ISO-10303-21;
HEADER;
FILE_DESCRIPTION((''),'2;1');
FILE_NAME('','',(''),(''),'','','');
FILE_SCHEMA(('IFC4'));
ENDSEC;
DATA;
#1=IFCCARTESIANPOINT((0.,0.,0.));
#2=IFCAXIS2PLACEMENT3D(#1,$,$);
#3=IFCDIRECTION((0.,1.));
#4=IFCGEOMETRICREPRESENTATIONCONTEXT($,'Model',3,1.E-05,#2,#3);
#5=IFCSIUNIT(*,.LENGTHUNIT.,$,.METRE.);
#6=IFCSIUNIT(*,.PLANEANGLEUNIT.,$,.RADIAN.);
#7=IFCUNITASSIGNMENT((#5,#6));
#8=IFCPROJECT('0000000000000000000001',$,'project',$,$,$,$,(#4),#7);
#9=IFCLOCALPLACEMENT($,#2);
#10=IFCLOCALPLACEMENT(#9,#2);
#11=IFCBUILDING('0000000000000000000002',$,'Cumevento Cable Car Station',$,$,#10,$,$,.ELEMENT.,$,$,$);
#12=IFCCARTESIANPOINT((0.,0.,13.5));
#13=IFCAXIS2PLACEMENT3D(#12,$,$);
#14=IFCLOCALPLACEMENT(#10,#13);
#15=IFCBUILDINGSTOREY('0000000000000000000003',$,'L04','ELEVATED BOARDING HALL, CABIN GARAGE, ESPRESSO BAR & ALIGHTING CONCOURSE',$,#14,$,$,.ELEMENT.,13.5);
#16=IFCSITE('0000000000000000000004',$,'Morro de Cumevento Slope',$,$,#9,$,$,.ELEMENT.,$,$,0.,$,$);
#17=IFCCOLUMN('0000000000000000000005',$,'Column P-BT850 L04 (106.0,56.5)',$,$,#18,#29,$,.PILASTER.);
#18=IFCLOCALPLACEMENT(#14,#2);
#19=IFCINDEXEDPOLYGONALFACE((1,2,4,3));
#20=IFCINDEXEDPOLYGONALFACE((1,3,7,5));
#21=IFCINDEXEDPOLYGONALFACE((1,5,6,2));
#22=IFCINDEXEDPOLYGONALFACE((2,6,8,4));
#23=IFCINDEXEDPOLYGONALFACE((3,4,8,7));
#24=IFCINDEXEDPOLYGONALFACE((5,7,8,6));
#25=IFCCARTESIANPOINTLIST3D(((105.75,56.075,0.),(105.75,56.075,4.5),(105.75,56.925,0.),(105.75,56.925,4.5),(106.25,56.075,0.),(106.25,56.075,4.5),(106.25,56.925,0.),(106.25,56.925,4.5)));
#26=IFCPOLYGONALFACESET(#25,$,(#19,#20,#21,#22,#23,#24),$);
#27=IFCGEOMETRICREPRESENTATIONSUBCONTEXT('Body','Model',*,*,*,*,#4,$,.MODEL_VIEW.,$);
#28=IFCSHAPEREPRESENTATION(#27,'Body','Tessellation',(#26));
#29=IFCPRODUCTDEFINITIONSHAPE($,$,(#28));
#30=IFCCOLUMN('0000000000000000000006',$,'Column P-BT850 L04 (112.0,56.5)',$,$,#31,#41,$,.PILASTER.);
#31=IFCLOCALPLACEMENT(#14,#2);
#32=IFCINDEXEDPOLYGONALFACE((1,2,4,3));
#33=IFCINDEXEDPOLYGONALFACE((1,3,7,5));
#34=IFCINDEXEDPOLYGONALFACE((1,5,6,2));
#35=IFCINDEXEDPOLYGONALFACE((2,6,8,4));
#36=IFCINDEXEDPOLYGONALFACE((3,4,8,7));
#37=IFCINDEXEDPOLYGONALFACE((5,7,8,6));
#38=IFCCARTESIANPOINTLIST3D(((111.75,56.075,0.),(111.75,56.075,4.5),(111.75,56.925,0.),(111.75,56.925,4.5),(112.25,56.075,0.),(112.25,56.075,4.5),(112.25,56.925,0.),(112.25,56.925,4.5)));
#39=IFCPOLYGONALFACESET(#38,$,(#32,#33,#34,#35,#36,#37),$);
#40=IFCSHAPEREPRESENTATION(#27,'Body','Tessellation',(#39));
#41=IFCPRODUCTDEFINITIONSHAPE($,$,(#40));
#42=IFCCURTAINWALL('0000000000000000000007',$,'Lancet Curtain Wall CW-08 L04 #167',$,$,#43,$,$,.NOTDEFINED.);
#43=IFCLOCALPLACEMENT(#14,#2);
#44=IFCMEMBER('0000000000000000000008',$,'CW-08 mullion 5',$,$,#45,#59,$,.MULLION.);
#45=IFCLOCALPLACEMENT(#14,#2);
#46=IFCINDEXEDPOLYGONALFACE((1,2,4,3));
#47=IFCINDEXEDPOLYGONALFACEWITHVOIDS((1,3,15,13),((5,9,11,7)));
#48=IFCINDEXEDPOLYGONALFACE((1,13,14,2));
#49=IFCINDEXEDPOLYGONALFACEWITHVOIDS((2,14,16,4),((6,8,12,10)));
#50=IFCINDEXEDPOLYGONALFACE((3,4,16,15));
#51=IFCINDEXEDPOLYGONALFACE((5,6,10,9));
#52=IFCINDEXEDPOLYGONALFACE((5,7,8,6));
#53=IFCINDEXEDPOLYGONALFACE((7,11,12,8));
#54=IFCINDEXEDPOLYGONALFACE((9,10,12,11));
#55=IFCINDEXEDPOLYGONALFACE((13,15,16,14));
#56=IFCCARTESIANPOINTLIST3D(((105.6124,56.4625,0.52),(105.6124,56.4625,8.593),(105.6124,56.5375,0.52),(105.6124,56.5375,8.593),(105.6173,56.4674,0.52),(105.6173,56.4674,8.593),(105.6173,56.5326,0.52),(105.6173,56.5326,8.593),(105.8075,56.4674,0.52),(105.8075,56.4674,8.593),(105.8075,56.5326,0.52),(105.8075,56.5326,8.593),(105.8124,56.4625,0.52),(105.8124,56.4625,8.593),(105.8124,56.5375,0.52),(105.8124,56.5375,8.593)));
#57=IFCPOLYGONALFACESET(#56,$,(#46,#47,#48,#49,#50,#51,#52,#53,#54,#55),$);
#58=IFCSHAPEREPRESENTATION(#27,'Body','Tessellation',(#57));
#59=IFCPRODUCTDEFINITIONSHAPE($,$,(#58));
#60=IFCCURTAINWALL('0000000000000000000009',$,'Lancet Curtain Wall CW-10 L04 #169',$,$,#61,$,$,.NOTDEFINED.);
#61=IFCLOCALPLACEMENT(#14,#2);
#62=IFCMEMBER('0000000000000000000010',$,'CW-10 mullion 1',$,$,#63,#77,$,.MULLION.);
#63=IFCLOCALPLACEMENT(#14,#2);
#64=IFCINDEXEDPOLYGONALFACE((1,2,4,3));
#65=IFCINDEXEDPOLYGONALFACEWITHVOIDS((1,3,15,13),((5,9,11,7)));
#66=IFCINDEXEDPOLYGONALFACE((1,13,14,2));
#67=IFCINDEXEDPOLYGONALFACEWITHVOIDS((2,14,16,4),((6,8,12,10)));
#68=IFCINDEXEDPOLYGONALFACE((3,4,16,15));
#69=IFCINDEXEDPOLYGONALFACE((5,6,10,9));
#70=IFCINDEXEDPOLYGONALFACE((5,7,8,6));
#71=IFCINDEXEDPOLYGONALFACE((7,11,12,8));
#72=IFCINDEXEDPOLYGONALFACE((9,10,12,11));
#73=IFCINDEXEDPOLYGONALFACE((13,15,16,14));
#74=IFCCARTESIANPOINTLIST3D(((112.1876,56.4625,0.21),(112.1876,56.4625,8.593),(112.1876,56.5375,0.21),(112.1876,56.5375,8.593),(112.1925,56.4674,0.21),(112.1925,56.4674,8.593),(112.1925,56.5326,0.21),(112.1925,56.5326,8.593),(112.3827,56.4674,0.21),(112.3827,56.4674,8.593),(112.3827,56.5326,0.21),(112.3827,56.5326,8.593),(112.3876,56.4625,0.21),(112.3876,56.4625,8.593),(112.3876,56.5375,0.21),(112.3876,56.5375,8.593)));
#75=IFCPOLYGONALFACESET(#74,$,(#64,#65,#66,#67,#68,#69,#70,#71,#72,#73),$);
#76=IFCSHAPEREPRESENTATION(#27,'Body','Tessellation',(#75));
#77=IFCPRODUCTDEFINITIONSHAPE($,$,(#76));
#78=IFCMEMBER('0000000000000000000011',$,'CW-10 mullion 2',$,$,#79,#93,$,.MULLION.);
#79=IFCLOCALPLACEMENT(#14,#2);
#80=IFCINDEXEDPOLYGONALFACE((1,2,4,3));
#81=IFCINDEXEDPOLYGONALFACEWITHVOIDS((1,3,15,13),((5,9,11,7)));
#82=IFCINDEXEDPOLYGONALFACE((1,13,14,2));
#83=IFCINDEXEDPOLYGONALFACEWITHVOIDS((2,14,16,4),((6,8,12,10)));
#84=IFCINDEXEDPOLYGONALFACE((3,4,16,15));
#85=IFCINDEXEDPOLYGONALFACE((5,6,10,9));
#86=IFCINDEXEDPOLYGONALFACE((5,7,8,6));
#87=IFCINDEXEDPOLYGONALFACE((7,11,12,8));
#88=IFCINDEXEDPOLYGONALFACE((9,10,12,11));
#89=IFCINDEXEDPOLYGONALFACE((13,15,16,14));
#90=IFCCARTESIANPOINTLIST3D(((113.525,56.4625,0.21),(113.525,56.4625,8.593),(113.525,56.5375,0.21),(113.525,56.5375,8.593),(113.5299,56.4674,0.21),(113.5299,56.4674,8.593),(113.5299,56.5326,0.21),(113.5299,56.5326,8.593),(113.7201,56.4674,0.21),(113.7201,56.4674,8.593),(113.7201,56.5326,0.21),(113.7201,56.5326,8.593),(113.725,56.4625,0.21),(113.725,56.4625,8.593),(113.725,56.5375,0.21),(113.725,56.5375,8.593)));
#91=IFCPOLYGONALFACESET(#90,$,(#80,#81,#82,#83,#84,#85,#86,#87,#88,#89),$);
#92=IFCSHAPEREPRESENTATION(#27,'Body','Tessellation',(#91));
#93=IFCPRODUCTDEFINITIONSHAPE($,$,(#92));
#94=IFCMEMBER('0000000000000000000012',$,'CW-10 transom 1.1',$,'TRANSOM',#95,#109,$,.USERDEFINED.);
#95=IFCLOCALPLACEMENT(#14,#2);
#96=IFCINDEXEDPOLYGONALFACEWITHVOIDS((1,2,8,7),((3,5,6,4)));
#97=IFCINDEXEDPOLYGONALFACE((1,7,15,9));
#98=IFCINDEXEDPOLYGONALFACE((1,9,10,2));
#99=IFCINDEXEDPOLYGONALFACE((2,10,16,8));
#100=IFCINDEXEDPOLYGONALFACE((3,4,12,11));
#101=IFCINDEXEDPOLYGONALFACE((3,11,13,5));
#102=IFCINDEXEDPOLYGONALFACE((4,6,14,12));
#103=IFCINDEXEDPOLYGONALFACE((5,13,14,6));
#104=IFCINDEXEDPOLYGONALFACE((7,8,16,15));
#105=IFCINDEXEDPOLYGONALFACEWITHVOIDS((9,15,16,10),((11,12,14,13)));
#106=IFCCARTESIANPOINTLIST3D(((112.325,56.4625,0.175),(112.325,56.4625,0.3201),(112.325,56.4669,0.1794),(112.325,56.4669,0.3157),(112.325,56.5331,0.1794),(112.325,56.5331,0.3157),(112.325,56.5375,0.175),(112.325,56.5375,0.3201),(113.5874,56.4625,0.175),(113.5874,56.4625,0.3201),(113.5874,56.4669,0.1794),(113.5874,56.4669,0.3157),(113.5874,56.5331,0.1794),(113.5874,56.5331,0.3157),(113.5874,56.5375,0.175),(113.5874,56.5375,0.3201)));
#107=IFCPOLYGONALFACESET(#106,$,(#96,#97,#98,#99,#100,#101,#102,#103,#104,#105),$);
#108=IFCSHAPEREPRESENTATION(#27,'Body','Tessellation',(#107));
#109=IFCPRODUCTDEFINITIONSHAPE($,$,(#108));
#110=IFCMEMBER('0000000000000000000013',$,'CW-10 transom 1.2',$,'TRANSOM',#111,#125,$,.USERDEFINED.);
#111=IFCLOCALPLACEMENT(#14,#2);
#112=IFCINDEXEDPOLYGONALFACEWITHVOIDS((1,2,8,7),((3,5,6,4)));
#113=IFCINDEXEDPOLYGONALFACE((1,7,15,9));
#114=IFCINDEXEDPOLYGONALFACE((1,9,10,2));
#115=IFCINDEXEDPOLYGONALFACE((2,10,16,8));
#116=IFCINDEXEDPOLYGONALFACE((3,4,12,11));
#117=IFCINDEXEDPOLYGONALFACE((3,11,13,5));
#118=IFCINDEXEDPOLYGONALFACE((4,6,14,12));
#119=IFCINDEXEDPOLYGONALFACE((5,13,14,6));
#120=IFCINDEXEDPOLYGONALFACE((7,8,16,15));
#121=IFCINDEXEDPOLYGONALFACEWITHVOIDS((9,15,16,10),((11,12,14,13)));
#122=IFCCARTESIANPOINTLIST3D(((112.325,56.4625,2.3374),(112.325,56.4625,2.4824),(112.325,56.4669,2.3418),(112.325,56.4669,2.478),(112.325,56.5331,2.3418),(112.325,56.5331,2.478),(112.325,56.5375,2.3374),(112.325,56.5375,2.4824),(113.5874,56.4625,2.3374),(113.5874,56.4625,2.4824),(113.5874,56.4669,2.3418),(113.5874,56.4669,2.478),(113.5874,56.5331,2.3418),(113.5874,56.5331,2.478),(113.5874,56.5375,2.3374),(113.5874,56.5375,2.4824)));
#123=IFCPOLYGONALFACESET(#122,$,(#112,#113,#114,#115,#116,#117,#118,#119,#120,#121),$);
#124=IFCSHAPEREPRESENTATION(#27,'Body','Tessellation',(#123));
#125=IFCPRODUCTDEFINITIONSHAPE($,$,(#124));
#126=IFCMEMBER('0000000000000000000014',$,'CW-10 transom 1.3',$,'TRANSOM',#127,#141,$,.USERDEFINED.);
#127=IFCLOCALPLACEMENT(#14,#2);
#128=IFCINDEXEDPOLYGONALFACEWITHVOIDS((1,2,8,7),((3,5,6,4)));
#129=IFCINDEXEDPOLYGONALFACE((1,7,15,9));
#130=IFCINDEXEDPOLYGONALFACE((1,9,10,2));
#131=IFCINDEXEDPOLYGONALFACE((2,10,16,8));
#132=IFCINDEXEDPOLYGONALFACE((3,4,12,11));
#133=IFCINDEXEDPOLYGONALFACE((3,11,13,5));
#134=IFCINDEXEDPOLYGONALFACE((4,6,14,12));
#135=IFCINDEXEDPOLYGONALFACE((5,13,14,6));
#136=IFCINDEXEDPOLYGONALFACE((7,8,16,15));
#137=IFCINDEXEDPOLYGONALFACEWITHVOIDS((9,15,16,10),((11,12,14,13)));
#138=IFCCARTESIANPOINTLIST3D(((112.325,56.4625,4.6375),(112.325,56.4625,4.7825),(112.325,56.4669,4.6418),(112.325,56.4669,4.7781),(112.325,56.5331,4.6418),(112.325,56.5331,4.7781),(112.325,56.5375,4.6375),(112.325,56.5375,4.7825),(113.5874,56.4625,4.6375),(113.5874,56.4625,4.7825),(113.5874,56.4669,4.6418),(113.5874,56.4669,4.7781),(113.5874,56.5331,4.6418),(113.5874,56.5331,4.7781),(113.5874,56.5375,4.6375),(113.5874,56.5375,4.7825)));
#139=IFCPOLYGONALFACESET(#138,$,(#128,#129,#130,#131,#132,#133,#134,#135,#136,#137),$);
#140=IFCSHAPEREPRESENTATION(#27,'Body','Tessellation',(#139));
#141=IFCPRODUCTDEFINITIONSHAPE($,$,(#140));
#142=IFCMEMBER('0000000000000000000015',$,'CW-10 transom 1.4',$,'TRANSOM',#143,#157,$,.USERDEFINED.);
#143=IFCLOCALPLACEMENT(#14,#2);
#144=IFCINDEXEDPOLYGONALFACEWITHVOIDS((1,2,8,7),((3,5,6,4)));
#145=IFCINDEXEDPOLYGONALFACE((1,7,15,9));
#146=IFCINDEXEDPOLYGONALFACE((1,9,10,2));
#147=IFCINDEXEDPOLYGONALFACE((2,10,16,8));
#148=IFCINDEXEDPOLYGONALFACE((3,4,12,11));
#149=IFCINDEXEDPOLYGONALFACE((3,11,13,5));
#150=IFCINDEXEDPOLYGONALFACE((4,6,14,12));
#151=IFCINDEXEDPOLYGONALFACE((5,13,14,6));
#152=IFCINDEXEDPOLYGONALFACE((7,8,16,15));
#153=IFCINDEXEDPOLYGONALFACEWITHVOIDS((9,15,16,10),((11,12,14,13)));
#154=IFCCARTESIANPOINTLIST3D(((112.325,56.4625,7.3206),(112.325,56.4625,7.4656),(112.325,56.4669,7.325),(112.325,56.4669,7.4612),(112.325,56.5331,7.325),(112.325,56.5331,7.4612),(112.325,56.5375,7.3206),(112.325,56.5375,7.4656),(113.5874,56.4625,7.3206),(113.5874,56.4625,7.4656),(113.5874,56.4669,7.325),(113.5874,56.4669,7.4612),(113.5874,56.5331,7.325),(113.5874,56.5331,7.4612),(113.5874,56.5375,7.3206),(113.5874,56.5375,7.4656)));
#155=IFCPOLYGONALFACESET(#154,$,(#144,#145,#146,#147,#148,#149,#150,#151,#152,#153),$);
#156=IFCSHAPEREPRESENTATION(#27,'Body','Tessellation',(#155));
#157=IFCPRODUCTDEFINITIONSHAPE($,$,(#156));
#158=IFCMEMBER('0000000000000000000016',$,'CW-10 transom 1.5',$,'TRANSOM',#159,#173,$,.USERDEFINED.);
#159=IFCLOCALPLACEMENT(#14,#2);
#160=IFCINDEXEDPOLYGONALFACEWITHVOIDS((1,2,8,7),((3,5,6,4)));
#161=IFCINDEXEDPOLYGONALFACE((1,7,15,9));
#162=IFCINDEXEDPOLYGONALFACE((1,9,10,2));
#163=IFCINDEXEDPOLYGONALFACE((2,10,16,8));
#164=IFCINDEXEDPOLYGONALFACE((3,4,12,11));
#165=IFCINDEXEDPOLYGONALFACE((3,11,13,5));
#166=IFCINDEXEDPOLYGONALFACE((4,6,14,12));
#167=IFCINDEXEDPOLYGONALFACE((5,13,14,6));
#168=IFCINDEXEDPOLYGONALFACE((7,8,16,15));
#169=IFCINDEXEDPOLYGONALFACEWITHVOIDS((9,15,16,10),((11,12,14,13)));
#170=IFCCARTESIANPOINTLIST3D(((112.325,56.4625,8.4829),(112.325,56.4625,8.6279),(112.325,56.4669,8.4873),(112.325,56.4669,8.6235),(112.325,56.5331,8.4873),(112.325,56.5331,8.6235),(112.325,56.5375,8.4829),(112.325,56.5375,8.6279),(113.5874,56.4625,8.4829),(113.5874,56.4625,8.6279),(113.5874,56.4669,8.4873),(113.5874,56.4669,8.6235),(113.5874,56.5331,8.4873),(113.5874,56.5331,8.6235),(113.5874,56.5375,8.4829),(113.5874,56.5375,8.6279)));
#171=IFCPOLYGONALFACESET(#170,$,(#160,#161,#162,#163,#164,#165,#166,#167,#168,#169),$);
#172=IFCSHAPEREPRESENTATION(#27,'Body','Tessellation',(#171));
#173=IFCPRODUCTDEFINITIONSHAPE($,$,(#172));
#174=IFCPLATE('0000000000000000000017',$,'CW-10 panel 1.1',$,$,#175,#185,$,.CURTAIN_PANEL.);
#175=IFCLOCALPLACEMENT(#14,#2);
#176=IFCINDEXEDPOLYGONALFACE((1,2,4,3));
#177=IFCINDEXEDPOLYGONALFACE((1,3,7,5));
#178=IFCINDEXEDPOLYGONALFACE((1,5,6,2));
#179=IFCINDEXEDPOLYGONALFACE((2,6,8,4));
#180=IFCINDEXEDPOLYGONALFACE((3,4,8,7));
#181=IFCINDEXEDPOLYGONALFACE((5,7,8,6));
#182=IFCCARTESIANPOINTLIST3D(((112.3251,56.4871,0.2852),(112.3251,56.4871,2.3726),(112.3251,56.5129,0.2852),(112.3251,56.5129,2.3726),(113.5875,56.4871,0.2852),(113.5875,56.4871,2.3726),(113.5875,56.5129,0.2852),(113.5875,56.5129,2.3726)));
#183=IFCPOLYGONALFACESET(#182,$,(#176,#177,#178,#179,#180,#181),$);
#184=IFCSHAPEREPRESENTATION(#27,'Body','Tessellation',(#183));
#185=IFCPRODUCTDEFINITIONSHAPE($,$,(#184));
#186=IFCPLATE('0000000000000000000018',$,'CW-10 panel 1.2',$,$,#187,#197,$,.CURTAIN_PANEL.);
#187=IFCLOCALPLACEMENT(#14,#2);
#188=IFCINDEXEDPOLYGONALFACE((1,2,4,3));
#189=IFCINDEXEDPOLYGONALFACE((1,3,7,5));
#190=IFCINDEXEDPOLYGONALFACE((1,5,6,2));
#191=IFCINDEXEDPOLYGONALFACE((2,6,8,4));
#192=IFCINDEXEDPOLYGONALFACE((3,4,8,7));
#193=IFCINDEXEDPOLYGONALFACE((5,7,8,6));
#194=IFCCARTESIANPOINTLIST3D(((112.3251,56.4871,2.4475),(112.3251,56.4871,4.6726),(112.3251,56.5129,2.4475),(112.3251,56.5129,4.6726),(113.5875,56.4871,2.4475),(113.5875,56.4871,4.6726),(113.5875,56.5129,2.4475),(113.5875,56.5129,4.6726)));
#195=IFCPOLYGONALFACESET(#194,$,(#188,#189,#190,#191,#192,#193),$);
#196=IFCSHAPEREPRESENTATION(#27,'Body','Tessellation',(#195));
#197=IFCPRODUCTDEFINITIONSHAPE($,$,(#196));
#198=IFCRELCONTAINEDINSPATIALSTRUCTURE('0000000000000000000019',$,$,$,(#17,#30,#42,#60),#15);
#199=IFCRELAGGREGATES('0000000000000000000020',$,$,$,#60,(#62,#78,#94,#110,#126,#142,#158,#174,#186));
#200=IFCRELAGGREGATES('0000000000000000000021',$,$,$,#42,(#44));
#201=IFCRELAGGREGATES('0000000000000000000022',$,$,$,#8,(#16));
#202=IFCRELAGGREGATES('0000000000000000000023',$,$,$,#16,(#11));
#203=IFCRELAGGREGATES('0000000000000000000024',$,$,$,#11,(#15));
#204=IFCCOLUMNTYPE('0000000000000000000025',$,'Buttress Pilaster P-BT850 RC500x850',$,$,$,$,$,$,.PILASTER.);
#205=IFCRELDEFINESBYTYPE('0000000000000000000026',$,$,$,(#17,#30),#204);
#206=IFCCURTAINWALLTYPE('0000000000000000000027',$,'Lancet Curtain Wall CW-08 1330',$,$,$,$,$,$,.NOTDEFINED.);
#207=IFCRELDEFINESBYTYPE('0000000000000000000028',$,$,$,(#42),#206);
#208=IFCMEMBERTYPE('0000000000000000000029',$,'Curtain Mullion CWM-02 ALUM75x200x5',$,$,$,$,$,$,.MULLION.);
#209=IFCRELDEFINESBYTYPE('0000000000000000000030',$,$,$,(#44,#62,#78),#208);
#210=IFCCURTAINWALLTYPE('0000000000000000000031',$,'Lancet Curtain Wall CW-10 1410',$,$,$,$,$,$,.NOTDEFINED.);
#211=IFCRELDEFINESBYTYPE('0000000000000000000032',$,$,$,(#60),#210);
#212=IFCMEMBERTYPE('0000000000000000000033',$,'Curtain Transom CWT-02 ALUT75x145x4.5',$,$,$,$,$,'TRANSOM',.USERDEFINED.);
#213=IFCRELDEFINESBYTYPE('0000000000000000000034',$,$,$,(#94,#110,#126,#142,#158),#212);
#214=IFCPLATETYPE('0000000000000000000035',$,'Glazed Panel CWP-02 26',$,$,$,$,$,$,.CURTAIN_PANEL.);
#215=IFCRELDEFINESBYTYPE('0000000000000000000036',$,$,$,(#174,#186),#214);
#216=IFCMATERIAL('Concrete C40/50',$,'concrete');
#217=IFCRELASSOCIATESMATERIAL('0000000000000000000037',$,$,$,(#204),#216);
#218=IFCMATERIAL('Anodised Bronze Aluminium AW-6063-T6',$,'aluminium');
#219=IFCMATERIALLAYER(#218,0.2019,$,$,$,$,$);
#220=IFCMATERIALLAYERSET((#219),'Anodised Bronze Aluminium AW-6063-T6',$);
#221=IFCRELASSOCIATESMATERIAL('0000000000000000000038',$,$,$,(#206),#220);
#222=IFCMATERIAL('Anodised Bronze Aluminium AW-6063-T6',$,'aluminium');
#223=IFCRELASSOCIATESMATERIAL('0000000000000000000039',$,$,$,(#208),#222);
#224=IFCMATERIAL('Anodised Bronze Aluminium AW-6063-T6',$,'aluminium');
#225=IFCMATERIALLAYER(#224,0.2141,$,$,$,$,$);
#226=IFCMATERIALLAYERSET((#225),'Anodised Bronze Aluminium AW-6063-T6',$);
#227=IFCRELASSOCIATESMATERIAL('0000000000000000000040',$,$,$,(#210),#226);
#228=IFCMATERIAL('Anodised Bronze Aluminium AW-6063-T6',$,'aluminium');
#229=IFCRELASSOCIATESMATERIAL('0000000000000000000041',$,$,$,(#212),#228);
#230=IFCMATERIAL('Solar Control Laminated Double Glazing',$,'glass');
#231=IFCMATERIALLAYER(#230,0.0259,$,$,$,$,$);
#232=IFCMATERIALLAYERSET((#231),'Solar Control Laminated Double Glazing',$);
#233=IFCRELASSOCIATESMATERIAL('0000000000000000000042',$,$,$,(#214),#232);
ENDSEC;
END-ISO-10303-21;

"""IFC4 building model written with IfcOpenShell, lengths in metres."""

from ifc_helpers import new_model, si_unit, direction, frame, origin, origin_2d, place, context, subcontext, project, spatial, rectangle, hollow_rectangle, extrude, material, layer, layer_set, material_profile, profile_set, type_object, element, aggregate, save


model = new_model("IFC4")

# Units and contexts
model_context = context("Model", 3, precision=1e-05, world=origin(), true_north=direction((0.0, 1.0)))
body_context = subcontext(model_context, "Body", "Model", "MODEL_VIEW")
ifc_project = project(units=[si_unit("LENGTHUNIT", "METRE"), si_unit("PLANEANGLEUNIT", "RADIAN")], contexts=[model_context])

# Site, building, storey
site_placement = place(None, origin())
site = spatial("IfcSite", under=ifc_project, at=site_placement, Name="Morro de Cumevento Slope", CompositionType="ELEMENT", RefElevation=0.0)
building_placement = place(site_placement, origin())
building = spatial("IfcBuilding", under=site, at=building_placement, Name="Cumevento Cable Car Station", CompositionType="ELEMENT")
storey_placement = place(building_placement, frame((0.0, 0.0, 13.5)))
storey = spatial("IfcBuildingStorey", under=building, at=storey_placement, Name="L04", Description="ELEVATED BOARDING HALL, CABIN GARAGE, ESPRESSO BAR & ALIGHTING CONCOURSE", CompositionType="ELEMENT", Elevation=13.5)

# Columns
ifc_material_1 = material(Name="Concrete C40/50", Category="concrete")
ifc_material_profile_1 = material_profile(ifc_material_1, rectangle(XDim=0.5, YDim=0.8501, at=origin_2d()), Name="RC500x850")
ifc_profile_set_1 = profile_set([ifc_material_profile_1], Name="Concrete C40/50")
column_type = type_object("IfcColumnType", Name="Buttress Pilaster P-BT850 RC500x850", PredefinedType="PILASTER", material=ifc_profile_set_1)
for number, where, z_axis, x_axis, name in (
    (1, (106.0, 56.5, 0.0), (0.0, 0.0, 1.0), (1.0, 0.0, 0.0), "Column P-BT850 L04 (106.0,56.5)"),
    (2, (112.0, 56.5, 0.0), (0.0, 0.0, 1.0), (1.0, 0.0, 0.0), "Column P-BT850 L04 (112.0,56.5)"),
):
    element("IfcColumn", number, at=place(storey_placement, frame(where, z_axis=z_axis, x_axis=x_axis)), inside=storey, type_object=column_type, Name=name, PredefinedType="PILASTER", context=body_context, shape_type="SweptSolid", body=[
        extrude(rectangle(XDim=0.5, YDim=0.8501, at=origin_2d()), origin(), (0.0, 0.0, 1.0), 4.5),
    ])

# Curtain wall, member
ifc_material_2 = material(Name="Anodised Bronze Aluminium AW-6063-T6", Category="aluminium")
ifc_layer_1 = layer(ifc_material_2, 0.2019)
ifc_layer_set_1 = layer_set([ifc_layer_1], Name="Anodised Bronze Aluminium AW-6063-T6")
curtain_wall_type_1 = type_object("IfcCurtainWallType", Name="Lancet Curtain Wall CW-08 1330", PredefinedType="NOTDEFINED", material=ifc_layer_set_1)
curtain_wall_1_placement = place(storey_placement, origin())
curtain_wall_1 = element("IfcCurtainWall", 3, at=curtain_wall_1_placement, inside=storey, type_object=curtain_wall_type_1, Name="Lancet Curtain Wall CW-08 L04 #167", PredefinedType="NOTDEFINED")
ifc_material_3 = material(Name="Anodised Bronze Aluminium AW-6063-T6", Category="aluminium")
ifc_material_profile_2 = material_profile(ifc_material_3, hollow_rectangle(XDim=0.075, YDim=0.2, WallThickness=0.0049, at=origin_2d()), Name="ALUM75x200x5")
ifc_profile_set_2 = profile_set([ifc_material_profile_2], Name="Anodised Bronze Aluminium AW-6063-T6")
member_type_1 = type_object("IfcMemberType", Name="Curtain Mullion CWM-02 ALUM75x200x5", PredefinedType="MULLION", material=ifc_profile_set_2)
member_1_placement = place(storey_placement, frame((105.7124, 56.5, 0.52), z_axis=(0.0, 0.0, 1.0), x_axis=(0.0, 1.0, 0.0)))
member_1 = element("IfcMember", 4, at=member_1_placement, type_object=member_type_1, Name="CW-08 mullion 5", PredefinedType="MULLION", context=body_context, shape_type="SweptSolid", body=[
    extrude(hollow_rectangle(XDim=0.075, YDim=0.2, WallThickness=0.0049, at=origin_2d()), origin(), (0.0, 0.0, 1.0), 8.073),
])

# Curtain wall, members, plates
ifc_material_4 = material(Name="Anodised Bronze Aluminium AW-6063-T6", Category="aluminium")
ifc_layer_2 = layer(ifc_material_4, 0.2141)
ifc_layer_set_2 = layer_set([ifc_layer_2], Name="Anodised Bronze Aluminium AW-6063-T6")
curtain_wall_type_2 = type_object("IfcCurtainWallType", Name="Lancet Curtain Wall CW-10 1410", PredefinedType="NOTDEFINED", material=ifc_layer_set_2)
curtain_wall_2_placement = place(storey_placement, origin())
curtain_wall_2 = element("IfcCurtainWall", 5, at=curtain_wall_2_placement, inside=storey, type_object=curtain_wall_type_2, Name="Lancet Curtain Wall CW-10 L04 #169", PredefinedType="NOTDEFINED")
member_2_placement = place(storey_placement, frame((112.2876, 56.5, 0.21), z_axis=(0.0, 0.0, 1.0), x_axis=(0.0, 1.0, 0.0)))
member_2 = element("IfcMember", 6, at=member_2_placement, type_object=member_type_1, Name="CW-10 mullion 1", PredefinedType="MULLION", context=body_context, shape_type="SweptSolid", body=[
    extrude(hollow_rectangle(XDim=0.075, YDim=0.2, WallThickness=0.0049, at=origin_2d()), origin(), (0.0, 0.0, 1.0), 8.3831),
])
member_3_placement = place(storey_placement, frame((113.625, 56.5, 0.21), z_axis=(0.0, 0.0, 1.0), x_axis=(0.0, 1.0, 0.0)))
member_3 = element("IfcMember", 7, at=member_3_placement, type_object=member_type_1, Name="CW-10 mullion 2", PredefinedType="MULLION", context=body_context, shape_type="SweptSolid", body=[
    extrude(hollow_rectangle(XDim=0.075, YDim=0.2, WallThickness=0.0049, at=origin_2d()), origin(), (0.0, 0.0, 1.0), 8.3831),
])
ifc_material_5 = material(Name="Anodised Bronze Aluminium AW-6063-T6", Category="aluminium")
ifc_material_profile_3 = material_profile(ifc_material_5, hollow_rectangle(XDim=0.075, YDim=0.145, WallThickness=0.0044, at=origin_2d()), Name="ALUT75x145x4.5")
ifc_profile_set_3 = profile_set([ifc_material_profile_3], Name="Anodised Bronze Aluminium AW-6063-T6")
member_type_2 = type_object("IfcMemberType", Name="Curtain Transom CWT-02 ALUT75x145x4.5", ElementType="TRANSOM", PredefinedType="USERDEFINED", material=ifc_profile_set_3)
member_4_placement = place(storey_placement, frame((112.325, 56.5, 0.2476), z_axis=(1.0, 0.0, 0.0), x_axis=(0.0, 1.0, 0.0)))
member_4 = element("IfcMember", 8, at=member_4_placement, type_object=member_type_2, Name="CW-10 transom 1.1", ObjectType="TRANSOM", PredefinedType="USERDEFINED", context=body_context, shape_type="SweptSolid", body=[
    extrude(hollow_rectangle(XDim=0.075, YDim=0.145, WallThickness=0.0044, at=origin_2d()), origin(), (0.0, 0.0, 1.0), 1.2625),
])
member_5_placement = place(storey_placement, frame((112.325, 56.5, 2.4099), z_axis=(1.0, 0.0, 0.0), x_axis=(0.0, 1.0, 0.0)))
member_5 = element("IfcMember", 9, at=member_5_placement, type_object=member_type_2, Name="CW-10 transom 1.2", ObjectType="TRANSOM", PredefinedType="USERDEFINED", context=body_context, shape_type="SweptSolid", body=[
    extrude(hollow_rectangle(XDim=0.075, YDim=0.145, WallThickness=0.0044, at=origin_2d()), origin(), (0.0, 0.0, 1.0), 1.2625),
])
member_6_placement = place(storey_placement, frame((112.325, 56.5, 4.71), z_axis=(1.0, 0.0, 0.0), x_axis=(0.0, 1.0, 0.0)))
member_6 = element("IfcMember", 10, at=member_6_placement, type_object=member_type_2, Name="CW-10 transom 1.3", ObjectType="TRANSOM", PredefinedType="USERDEFINED", context=body_context, shape_type="SweptSolid", body=[
    extrude(hollow_rectangle(XDim=0.075, YDim=0.145, WallThickness=0.0044, at=origin_2d()), origin(), (0.0, 0.0, 1.0), 1.2625),
])
member_7_placement = place(storey_placement, frame((112.325, 56.5, 7.3931), z_axis=(1.0, 0.0, 0.0), x_axis=(0.0, 1.0, 0.0)))
member_7 = element("IfcMember", 11, at=member_7_placement, type_object=member_type_2, Name="CW-10 transom 1.4", ObjectType="TRANSOM", PredefinedType="USERDEFINED", context=body_context, shape_type="SweptSolid", body=[
    extrude(hollow_rectangle(XDim=0.075, YDim=0.145, WallThickness=0.0044, at=origin_2d()), origin(), (0.0, 0.0, 1.0), 1.2625),
])
member_8_placement = place(storey_placement, frame((112.325, 56.5, 8.5554), z_axis=(1.0, 0.0, 0.0), x_axis=(0.0, 1.0, 0.0)))
member_8 = element("IfcMember", 12, at=member_8_placement, type_object=member_type_2, Name="CW-10 transom 1.5", ObjectType="TRANSOM", PredefinedType="USERDEFINED", context=body_context, shape_type="SweptSolid", body=[
    extrude(hollow_rectangle(XDim=0.075, YDim=0.145, WallThickness=0.0044, at=origin_2d()), origin(), (0.0, 0.0, 1.0), 1.2625),
])
ifc_material_6 = material(Name="Solar Control Laminated Double Glazing", Category="glass")
ifc_layer_3 = layer(ifc_material_6, 0.0259)
ifc_layer_set_3 = layer_set([ifc_layer_3], Name="Solar Control Laminated Double Glazing")
plate_type_1 = type_object("IfcPlateType", Name="Glazed Panel CWP-02 26", PredefinedType="CURTAIN_PANEL", material=ifc_layer_set_3)
plate_1_placement = place(storey_placement, frame((112.9563, 56.5, 0.2852), z_axis=(0.0, 0.0, 1.0), x_axis=(1.0, 0.0, 0.0)))
plate_1 = element("IfcPlate", 13, at=plate_1_placement, type_object=plate_type_1, Name="CW-10 panel 1.1", PredefinedType="CURTAIN_PANEL", context=body_context, shape_type="SweptSolid", body=[
    extrude(rectangle(XDim=1.2625, YDim=0.0259, at=origin_2d()), origin(), (0.0, 0.0, 1.0), 2.0874),
])
plate_2_placement = place(storey_placement, frame((112.9563, 56.5, 2.4475), z_axis=(0.0, 0.0, 1.0), x_axis=(1.0, 0.0, 0.0)))
plate_2 = element("IfcPlate", 14, at=plate_2_placement, type_object=plate_type_1, Name="CW-10 panel 1.2", PredefinedType="CURTAIN_PANEL", context=body_context, shape_type="SweptSolid", body=[
    extrude(rectangle(XDim=1.2625, YDim=0.0259, at=origin_2d()), origin(), (0.0, 0.0, 1.0), 2.2251),
])
aggregate(curtain_wall_2, [member_2, member_3, member_4, member_5, member_6, member_7, member_8, plate_1, plate_2])

aggregate(curtain_wall_1, [member_1])

save(model, "model.ifc")
